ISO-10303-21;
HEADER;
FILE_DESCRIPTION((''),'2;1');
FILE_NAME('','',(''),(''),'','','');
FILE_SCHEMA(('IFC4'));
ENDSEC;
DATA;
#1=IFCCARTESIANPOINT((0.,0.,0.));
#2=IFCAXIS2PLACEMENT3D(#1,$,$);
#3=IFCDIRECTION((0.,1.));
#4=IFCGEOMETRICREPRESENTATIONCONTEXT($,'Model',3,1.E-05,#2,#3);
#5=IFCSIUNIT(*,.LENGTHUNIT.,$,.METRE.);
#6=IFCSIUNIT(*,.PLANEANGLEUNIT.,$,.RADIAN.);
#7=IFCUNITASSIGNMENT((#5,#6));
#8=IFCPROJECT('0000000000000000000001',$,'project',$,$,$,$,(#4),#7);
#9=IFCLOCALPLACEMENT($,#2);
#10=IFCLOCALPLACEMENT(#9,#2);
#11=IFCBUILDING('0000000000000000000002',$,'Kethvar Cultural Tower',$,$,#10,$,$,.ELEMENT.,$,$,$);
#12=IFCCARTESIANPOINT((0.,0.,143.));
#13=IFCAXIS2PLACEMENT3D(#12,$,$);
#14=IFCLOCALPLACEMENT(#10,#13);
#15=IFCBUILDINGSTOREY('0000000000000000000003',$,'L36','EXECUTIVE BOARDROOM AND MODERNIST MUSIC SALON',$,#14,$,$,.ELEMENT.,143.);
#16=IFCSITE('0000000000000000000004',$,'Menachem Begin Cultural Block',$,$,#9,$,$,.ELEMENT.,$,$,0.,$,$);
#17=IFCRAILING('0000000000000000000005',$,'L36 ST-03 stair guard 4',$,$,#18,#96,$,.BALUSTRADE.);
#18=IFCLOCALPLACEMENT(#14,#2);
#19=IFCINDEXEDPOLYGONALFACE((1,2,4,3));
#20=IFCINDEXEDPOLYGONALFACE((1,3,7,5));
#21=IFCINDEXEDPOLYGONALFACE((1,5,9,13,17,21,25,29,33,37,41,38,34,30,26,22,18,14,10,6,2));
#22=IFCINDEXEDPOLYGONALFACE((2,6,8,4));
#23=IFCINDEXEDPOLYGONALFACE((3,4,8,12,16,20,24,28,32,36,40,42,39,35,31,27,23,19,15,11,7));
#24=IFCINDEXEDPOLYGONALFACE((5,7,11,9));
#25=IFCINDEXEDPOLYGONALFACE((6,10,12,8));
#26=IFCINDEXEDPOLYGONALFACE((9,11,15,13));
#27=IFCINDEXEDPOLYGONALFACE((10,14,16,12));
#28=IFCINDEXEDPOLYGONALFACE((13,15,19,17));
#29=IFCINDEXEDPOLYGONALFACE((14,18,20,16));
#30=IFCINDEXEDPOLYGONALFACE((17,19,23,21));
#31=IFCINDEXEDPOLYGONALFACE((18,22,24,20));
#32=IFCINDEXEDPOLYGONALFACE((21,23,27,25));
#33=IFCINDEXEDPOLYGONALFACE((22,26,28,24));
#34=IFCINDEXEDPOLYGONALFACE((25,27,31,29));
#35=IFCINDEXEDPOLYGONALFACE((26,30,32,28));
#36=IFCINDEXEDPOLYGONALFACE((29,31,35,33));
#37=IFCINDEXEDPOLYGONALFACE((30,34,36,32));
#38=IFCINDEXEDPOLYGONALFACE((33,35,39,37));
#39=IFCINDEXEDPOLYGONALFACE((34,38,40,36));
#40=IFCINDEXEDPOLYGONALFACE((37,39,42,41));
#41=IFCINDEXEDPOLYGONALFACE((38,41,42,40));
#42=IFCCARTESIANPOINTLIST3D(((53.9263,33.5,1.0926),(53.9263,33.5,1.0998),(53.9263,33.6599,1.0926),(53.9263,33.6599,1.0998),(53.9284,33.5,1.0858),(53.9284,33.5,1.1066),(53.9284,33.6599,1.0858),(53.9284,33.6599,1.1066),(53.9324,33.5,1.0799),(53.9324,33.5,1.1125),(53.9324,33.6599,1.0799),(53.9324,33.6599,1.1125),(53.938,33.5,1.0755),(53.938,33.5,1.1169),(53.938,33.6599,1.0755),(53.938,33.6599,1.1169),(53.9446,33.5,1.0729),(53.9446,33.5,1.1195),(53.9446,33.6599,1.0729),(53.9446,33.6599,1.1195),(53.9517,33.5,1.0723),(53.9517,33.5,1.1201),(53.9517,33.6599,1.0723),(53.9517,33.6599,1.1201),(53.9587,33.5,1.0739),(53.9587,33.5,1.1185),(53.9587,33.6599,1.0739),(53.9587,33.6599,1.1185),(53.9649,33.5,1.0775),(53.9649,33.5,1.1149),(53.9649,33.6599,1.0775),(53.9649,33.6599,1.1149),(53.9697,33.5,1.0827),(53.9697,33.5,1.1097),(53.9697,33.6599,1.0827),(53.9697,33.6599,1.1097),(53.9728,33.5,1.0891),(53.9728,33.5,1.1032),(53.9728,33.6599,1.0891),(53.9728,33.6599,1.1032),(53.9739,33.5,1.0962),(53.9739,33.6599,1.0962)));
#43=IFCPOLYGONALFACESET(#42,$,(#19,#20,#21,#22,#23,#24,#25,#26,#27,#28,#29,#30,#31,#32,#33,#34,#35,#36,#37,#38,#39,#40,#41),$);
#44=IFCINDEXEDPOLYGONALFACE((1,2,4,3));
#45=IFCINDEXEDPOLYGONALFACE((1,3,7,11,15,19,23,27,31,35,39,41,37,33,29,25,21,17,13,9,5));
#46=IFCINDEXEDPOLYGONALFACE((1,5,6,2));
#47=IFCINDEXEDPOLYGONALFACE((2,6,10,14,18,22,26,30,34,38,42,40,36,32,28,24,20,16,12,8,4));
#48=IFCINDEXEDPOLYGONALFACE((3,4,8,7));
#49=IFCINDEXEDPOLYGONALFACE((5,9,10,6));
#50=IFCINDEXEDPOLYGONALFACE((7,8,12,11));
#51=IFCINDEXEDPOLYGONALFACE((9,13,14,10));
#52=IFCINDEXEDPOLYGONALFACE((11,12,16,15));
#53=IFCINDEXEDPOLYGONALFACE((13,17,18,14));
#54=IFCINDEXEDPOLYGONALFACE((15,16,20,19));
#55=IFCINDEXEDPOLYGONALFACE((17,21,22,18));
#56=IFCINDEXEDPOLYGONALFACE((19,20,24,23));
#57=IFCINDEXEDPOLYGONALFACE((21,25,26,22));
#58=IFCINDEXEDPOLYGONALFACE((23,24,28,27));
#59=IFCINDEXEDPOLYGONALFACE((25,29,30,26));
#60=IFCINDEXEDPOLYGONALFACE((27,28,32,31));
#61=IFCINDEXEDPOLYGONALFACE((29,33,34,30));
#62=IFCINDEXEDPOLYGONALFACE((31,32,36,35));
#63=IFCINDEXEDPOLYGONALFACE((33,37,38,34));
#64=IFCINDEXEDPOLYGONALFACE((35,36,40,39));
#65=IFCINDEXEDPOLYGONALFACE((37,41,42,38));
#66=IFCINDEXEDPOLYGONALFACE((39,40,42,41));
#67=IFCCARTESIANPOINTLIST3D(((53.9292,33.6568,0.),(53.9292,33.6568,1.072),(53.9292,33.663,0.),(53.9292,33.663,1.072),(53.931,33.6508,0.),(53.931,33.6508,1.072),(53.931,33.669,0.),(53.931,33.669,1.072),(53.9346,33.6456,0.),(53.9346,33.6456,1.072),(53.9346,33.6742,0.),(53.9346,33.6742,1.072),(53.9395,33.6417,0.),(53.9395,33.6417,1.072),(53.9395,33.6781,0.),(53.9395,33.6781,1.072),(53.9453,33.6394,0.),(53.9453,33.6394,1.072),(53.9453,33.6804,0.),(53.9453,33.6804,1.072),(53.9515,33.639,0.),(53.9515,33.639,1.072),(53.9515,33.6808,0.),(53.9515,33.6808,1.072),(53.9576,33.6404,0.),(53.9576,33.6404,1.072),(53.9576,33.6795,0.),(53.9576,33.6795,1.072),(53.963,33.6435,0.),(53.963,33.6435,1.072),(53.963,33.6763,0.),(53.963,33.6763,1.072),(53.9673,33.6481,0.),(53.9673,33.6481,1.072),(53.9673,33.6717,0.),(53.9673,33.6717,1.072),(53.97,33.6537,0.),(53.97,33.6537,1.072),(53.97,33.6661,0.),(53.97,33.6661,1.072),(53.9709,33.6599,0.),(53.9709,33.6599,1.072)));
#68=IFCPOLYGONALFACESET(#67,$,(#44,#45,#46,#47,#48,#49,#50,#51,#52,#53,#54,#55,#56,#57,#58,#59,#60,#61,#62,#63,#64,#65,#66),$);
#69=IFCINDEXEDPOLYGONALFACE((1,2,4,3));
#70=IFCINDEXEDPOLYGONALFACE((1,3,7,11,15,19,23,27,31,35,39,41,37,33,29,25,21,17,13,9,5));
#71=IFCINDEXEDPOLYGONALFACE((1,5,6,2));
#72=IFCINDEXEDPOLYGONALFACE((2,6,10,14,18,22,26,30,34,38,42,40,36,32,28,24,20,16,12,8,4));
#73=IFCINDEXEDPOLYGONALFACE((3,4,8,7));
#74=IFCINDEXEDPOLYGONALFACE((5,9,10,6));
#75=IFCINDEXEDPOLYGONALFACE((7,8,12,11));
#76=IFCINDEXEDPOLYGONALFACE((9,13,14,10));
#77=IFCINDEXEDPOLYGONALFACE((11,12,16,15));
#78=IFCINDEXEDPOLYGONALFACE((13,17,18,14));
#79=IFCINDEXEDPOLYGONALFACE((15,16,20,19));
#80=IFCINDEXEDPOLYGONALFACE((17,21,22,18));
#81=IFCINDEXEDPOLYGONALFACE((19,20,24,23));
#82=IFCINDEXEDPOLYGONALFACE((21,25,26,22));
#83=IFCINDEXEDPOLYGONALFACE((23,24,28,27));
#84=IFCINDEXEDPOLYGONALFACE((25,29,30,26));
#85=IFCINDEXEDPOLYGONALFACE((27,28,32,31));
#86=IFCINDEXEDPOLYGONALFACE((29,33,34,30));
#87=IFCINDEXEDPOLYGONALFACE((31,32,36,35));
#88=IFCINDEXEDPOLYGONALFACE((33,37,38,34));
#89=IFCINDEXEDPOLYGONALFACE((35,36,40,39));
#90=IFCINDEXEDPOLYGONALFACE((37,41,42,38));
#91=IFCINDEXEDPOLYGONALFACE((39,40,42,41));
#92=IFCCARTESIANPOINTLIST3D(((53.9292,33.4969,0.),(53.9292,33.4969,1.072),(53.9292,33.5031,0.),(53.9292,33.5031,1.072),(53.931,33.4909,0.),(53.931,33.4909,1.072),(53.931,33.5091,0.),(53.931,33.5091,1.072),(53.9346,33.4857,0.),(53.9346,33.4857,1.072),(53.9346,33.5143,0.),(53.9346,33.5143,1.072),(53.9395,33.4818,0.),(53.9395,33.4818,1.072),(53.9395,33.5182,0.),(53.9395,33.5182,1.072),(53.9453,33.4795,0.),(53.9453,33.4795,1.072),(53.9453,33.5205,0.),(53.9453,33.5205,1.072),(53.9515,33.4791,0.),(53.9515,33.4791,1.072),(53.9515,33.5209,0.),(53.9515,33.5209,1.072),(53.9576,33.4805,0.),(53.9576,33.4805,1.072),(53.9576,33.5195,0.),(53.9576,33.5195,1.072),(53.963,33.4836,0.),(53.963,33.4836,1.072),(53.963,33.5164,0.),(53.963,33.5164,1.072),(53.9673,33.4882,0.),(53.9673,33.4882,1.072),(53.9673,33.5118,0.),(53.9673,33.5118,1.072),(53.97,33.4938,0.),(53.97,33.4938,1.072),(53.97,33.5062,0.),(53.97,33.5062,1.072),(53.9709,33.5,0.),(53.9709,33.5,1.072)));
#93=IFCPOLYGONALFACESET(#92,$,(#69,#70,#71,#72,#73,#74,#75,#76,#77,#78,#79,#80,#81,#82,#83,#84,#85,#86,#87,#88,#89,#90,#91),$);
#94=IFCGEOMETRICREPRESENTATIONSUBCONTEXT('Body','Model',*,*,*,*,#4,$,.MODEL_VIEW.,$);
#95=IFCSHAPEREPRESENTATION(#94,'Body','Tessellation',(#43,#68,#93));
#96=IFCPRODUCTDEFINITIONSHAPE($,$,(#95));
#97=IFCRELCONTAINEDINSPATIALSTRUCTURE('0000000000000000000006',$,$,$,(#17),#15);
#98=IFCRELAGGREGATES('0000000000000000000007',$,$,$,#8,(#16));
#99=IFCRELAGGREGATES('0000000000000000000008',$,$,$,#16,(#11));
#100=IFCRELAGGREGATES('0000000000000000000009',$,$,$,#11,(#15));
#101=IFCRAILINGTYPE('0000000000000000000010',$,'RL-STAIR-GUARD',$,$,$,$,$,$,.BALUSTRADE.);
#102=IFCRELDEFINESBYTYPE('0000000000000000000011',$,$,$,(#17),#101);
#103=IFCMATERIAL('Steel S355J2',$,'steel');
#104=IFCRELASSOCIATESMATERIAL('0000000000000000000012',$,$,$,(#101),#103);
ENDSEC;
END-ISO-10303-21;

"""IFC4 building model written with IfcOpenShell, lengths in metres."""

from ifc_helpers import new_model, si_unit, direction, frame, origin, origin_2d, place, context, subcontext, project, spatial, circle, extrude, material, type_object, element, save


model = new_model("IFC4")

# Units and contexts
model_context = context("Model", 3, precision=1e-05, world=origin(), true_north=direction((0.0, 1.0)))
body_context = subcontext(model_context, "Body", "Model", "MODEL_VIEW")
ifc_project = project(units=[si_unit("LENGTHUNIT", "METRE"), si_unit("PLANEANGLEUNIT", "RADIAN")], contexts=[model_context])

# Site, building, storey
site_placement = place(None, origin())
site = spatial("IfcSite", under=ifc_project, at=site_placement, Name="Menachem Begin Cultural Block", CompositionType="ELEMENT", RefElevation=0.0)
building_placement = place(site_placement, origin())
building = spatial("IfcBuilding", under=site, at=building_placement, Name="Kethvar Cultural Tower", CompositionType="ELEMENT")
storey_placement = place(building_placement, frame((0.0, 0.0, 143.0)))
storey = spatial("IfcBuildingStorey", under=building, at=storey_placement, Name="L36", Description="EXECUTIVE BOARDROOM AND MODERNIST MUSIC SALON", CompositionType="ELEMENT", Elevation=143.0)

# Shared definitions
ifc_material_1 = material(Name="Steel S355J2", Category="steel")

# Railing
railing_type_1 = type_object("IfcRailingType", Name="RL-STAIR-GUARD", PredefinedType="BALUSTRADE", material=ifc_material_1)
railing_1_placement = place(storey_placement, frame((53.95, 33.6599, 0.0)))
element("IfcRailing", 1, at=railing_1_placement, inside=storey, type_object=railing_type_1, Name="L36 ST-03 stair guard 4", PredefinedType="BALUSTRADE", context=body_context, shape_type="SweptSolid", body=[
    extrude(circle(Radius=0.0239, at=origin_2d()), frame((0.0, 0.0, 1.0962), z_axis=(0.0, -1.0, 0.0), x_axis=(1.0, 0.0, 0.0)), (0.0, 0.0, 1.0), 0.1599),
    extrude(circle(Radius=0.021, at=origin_2d()), origin(), (0.0, 0.0, 1.0), 1.072),
    extrude(circle(Radius=0.021, at=origin_2d()), frame((0.0, -0.1599, 0.0)), (0.0, 0.0, 1.0), 1.072),
])

save(model, "model.ifc")
